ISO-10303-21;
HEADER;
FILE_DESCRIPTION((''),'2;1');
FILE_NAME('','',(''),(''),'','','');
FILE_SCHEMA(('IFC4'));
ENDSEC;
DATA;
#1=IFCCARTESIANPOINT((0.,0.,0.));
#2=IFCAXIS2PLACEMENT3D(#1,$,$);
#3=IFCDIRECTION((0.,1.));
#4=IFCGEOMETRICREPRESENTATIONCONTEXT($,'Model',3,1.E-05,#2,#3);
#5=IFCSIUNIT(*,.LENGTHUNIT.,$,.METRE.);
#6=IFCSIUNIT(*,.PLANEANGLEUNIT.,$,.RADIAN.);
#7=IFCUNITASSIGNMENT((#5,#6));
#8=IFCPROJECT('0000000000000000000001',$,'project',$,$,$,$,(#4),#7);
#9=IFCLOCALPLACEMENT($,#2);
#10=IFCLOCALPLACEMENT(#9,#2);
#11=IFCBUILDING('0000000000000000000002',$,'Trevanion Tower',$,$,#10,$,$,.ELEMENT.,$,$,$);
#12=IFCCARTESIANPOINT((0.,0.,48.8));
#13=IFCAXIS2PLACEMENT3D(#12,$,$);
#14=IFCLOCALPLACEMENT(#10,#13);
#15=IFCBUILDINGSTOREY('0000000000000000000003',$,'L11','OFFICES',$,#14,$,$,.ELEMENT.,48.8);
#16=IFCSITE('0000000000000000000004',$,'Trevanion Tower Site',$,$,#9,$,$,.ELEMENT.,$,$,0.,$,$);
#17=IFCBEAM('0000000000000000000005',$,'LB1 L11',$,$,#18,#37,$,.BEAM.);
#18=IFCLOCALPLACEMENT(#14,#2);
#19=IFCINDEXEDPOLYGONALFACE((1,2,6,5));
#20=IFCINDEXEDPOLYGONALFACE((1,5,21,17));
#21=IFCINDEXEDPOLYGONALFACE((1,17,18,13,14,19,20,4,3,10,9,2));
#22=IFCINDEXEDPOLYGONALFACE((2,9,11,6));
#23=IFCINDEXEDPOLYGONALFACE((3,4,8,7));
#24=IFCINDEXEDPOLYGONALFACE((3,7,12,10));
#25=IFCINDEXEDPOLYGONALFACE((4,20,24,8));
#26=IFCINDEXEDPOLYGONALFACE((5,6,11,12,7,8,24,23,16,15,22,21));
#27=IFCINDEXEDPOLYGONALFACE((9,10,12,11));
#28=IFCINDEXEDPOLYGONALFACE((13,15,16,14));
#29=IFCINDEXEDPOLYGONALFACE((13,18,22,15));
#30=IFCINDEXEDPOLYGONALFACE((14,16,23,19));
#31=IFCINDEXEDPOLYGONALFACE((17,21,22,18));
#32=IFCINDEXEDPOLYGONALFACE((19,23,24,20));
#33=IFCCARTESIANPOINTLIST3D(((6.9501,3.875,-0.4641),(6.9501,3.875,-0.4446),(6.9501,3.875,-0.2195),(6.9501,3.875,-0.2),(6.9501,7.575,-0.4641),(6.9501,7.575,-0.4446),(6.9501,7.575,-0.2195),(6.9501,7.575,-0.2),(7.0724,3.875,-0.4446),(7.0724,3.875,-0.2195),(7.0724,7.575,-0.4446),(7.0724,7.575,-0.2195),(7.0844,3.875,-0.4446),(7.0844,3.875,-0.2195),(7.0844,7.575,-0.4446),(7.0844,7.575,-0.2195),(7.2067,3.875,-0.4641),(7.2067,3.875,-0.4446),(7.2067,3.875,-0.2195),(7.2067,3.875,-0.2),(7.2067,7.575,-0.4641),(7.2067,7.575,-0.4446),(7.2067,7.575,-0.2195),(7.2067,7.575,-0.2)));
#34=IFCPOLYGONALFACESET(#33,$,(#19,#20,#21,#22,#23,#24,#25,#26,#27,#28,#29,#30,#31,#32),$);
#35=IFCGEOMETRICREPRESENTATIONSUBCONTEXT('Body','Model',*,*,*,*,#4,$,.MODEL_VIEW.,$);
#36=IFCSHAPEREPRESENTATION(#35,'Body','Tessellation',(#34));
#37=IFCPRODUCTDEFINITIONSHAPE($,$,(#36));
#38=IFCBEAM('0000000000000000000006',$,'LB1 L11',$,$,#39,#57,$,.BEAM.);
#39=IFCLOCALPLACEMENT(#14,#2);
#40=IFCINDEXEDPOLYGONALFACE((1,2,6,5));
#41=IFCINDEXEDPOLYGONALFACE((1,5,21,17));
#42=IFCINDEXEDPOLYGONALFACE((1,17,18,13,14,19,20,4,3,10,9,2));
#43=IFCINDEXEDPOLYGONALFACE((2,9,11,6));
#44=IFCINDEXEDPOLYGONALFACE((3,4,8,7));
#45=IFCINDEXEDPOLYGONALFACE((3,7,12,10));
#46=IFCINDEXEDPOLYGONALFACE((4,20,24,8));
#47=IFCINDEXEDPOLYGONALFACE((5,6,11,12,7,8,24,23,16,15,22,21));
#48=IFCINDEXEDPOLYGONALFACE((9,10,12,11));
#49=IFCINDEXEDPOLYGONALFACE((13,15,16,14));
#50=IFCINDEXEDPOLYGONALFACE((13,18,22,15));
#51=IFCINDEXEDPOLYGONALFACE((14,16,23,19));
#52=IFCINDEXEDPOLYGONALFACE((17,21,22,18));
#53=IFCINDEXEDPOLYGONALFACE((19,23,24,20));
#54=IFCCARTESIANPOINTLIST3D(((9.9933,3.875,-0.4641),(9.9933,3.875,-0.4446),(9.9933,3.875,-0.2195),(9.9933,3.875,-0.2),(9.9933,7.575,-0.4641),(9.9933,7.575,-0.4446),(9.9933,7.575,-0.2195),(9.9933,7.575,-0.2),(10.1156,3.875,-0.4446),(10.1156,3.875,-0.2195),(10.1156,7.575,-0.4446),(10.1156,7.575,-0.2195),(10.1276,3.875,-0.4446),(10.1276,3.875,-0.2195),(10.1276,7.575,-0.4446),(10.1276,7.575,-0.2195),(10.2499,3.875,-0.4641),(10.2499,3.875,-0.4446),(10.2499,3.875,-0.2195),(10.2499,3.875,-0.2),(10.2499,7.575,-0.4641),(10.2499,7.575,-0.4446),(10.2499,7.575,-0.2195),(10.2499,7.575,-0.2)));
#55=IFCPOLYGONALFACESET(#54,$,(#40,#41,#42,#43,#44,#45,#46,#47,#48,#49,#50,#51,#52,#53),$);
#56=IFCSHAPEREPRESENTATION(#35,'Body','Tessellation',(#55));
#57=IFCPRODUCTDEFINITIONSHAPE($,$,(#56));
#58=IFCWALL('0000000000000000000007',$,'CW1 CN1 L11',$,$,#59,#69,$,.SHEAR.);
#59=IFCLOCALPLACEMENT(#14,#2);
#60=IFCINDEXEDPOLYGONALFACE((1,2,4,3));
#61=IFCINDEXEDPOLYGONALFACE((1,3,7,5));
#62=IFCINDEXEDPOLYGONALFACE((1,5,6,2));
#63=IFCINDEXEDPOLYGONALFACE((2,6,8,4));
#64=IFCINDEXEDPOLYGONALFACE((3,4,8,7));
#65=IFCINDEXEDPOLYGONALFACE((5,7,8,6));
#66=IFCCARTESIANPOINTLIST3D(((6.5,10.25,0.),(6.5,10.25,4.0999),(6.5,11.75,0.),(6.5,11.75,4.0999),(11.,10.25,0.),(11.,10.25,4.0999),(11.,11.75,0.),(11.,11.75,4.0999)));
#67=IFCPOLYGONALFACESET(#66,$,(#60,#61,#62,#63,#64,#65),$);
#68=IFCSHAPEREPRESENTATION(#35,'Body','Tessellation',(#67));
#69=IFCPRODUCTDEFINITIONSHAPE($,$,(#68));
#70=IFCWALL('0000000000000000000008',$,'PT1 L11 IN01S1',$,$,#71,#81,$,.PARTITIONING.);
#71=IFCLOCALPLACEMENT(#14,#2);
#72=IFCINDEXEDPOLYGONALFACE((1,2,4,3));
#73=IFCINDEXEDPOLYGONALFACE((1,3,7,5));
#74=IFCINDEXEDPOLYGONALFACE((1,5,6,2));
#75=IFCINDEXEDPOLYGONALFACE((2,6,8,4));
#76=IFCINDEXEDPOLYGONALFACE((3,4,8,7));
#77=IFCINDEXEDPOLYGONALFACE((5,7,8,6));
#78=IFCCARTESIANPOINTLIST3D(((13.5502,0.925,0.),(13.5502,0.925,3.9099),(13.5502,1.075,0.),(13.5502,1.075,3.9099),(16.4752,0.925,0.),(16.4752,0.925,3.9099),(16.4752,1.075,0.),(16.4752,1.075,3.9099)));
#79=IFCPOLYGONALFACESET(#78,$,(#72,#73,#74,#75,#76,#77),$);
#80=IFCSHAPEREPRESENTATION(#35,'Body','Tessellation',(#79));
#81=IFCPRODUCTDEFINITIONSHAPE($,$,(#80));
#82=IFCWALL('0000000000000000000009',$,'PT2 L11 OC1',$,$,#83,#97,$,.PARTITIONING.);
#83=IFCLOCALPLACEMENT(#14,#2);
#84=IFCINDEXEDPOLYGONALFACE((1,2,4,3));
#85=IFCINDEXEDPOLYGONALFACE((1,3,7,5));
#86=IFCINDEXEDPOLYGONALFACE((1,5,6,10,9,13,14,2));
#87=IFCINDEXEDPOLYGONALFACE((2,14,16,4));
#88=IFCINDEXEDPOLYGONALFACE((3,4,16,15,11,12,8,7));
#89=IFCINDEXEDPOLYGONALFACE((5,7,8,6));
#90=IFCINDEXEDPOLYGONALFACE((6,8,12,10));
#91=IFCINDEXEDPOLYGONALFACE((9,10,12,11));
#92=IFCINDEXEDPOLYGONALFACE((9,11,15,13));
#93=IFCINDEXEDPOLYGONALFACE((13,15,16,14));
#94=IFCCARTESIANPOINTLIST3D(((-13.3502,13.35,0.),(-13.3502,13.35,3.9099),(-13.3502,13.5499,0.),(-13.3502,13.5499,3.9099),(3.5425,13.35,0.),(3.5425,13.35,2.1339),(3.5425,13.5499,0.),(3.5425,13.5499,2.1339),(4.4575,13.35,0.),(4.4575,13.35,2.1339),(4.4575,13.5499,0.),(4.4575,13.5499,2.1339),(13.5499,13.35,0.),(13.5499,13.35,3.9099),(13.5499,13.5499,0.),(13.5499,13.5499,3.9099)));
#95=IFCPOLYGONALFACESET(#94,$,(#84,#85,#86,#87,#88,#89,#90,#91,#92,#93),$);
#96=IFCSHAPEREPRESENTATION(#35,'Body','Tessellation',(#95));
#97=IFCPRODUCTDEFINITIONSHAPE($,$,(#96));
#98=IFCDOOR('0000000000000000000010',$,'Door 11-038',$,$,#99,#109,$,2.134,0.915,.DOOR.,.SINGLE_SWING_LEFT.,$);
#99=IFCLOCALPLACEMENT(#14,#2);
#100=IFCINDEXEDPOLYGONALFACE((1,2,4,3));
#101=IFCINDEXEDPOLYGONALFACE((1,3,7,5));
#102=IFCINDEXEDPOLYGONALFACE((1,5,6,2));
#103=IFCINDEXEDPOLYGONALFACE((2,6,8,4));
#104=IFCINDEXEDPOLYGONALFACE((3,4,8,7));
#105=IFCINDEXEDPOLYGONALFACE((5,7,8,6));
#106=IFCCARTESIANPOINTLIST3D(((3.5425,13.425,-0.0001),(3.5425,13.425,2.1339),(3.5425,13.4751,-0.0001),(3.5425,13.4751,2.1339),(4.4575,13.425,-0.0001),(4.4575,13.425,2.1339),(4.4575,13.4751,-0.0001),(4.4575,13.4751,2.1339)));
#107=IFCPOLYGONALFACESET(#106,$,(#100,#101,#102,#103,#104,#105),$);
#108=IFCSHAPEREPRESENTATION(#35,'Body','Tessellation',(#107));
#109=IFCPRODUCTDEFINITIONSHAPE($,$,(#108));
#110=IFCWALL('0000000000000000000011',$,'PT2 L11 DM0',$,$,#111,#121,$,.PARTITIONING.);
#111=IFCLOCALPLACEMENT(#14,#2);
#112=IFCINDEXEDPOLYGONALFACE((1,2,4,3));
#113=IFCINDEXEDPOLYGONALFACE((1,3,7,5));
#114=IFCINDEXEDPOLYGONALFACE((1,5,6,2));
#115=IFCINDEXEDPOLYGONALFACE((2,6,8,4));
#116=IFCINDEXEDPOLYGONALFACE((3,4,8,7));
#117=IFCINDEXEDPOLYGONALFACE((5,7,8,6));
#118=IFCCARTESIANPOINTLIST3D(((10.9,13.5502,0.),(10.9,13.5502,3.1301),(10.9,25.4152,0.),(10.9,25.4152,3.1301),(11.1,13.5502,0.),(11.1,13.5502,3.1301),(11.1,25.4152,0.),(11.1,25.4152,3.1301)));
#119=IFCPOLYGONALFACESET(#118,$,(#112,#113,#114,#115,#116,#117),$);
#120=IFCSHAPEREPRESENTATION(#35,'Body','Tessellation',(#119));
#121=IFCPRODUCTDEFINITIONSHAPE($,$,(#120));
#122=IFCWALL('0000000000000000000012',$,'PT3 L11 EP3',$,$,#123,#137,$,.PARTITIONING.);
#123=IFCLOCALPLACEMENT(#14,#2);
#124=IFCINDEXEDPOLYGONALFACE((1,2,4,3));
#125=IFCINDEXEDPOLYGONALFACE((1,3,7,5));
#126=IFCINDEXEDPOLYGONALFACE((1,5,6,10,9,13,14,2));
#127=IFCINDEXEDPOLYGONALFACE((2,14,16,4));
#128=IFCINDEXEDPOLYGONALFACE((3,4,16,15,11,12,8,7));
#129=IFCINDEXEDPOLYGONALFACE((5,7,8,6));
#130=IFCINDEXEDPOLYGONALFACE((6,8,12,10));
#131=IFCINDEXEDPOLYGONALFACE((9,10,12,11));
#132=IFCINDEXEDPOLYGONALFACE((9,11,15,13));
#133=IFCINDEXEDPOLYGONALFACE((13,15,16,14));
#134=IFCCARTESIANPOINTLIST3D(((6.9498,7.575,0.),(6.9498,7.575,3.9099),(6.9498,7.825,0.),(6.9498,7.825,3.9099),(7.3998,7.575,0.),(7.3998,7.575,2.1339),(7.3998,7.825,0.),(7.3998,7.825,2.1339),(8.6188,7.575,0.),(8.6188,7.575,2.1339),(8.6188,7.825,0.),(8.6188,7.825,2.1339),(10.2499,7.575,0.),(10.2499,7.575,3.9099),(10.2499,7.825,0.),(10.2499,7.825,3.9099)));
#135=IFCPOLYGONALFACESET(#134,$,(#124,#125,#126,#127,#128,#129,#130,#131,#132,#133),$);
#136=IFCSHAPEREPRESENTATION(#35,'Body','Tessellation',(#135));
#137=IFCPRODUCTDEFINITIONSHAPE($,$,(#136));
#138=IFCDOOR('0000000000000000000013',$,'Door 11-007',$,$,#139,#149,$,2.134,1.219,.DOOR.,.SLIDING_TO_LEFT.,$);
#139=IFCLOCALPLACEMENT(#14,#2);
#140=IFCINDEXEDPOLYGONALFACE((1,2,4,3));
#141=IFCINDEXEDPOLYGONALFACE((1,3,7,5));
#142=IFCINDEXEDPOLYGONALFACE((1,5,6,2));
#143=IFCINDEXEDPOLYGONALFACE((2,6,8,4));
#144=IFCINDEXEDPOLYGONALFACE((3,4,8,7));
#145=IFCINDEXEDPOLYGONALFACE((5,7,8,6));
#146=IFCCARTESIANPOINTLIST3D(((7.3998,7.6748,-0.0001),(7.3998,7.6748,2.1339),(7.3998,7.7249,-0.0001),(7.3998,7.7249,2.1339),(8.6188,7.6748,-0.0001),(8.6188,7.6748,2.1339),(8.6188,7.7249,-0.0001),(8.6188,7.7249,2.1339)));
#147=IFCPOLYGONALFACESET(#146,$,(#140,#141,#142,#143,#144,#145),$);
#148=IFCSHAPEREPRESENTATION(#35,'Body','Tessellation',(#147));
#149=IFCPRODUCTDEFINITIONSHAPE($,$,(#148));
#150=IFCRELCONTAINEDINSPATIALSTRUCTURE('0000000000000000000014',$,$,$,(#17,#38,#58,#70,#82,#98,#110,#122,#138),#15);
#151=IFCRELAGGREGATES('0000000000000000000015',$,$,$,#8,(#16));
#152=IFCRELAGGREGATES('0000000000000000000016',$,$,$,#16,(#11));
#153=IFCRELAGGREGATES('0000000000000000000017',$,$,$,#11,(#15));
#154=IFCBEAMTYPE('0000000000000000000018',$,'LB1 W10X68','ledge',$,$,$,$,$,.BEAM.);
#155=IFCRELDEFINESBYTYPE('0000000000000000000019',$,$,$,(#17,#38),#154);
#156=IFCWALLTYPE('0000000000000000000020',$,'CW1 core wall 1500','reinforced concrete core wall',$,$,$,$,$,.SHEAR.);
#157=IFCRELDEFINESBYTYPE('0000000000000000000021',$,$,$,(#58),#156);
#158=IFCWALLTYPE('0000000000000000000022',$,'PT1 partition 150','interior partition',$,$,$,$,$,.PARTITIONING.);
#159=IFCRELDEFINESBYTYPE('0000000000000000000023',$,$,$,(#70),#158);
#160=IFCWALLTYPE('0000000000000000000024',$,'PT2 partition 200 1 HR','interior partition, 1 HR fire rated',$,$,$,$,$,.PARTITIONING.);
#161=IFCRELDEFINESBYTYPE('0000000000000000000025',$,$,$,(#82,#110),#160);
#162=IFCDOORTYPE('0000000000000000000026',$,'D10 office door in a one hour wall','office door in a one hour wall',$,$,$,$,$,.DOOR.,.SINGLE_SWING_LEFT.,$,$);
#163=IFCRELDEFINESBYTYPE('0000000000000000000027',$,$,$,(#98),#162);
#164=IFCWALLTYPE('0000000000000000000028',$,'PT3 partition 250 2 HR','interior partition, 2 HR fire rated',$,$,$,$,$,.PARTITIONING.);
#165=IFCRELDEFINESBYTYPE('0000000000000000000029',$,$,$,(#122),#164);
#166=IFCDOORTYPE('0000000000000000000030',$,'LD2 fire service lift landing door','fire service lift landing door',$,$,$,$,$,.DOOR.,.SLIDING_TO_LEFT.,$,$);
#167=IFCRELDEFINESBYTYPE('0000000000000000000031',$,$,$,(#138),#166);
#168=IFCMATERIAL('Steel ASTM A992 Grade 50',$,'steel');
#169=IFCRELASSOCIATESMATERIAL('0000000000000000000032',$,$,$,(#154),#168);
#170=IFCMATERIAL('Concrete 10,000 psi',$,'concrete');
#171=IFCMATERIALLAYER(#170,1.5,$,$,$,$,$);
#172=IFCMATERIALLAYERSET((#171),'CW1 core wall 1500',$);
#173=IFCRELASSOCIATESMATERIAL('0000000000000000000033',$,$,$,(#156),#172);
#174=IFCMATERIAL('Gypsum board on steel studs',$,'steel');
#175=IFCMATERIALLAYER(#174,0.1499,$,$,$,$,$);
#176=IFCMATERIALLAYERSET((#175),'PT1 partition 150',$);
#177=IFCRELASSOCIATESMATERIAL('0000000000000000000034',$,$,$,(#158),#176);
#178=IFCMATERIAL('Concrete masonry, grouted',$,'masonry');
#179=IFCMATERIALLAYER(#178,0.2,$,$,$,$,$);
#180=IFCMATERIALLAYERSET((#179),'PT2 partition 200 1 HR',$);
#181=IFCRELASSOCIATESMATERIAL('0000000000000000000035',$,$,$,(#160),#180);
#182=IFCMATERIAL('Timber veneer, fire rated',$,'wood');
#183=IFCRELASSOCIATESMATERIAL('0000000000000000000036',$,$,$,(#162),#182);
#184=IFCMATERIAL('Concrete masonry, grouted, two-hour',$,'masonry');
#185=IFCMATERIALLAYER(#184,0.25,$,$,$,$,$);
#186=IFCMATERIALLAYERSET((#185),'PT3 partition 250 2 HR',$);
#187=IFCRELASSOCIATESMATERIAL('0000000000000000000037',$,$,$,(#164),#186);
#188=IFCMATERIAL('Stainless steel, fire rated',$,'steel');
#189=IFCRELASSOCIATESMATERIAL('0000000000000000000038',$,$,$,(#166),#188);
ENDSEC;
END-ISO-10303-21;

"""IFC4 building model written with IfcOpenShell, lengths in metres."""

from ifc_helpers import new_model, si_unit, direction, frame, frame_2d, origin, origin_2d, place, context, subcontext, project, spatial, rectangle, i_section, extrude, material, layer, layer_set, material_profile, profile_set, type_object, element, fill, save


model = new_model("IFC4")

# Units and contexts
model_context = context("Model", 3, precision=1e-05, world=origin(), true_north=direction((0.0, 1.0)))
body_context = subcontext(model_context, "Body", "Model", "MODEL_VIEW")
ifc_project = project(units=[si_unit("LENGTHUNIT", "METRE"), si_unit("PLANEANGLEUNIT", "RADIAN")], contexts=[model_context])

# Site, building, storey
site_placement = place(None, origin())
site = spatial("IfcSite", under=ifc_project, at=site_placement, Name="Trevanion Tower Site", CompositionType="ELEMENT", RefElevation=0.0)
building_placement = place(site_placement, origin())
building = spatial("IfcBuilding", under=site, at=building_placement, Name="Trevanion Tower", CompositionType="ELEMENT")
storey_placement = place(building_placement, frame((0.0, 0.0, 48.8)))
storey = spatial("IfcBuildingStorey", under=building, at=storey_placement, Name="L11", Description="OFFICES", CompositionType="ELEMENT", Elevation=48.8)

# Beams
ifc_material_1 = material(Name="Steel ASTM A992 Grade 50", Category="steel")
ifc_material_profile_1 = material_profile(ifc_material_1, i_section(OverallWidth=0.2566, OverallDepth=0.2642, WebThickness=0.012, FlangeThickness=0.0195, at=origin_2d()), Name="W10X68")
ifc_profile_set_1 = profile_set([ifc_material_profile_1], Name="Steel ASTM A992 Grade 50")
beam_type_1 = type_object("IfcBeamType", Name="LB1 W10X68", Description="ledge", PredefinedType="BEAM", material=ifc_profile_set_1)
for number, where, z_axis, x_axis, name in (
    (1, (7.0784, 3.875, -0.332), (0.0, 1.0, 0.0), (-1.0, 0.0, 0.0), "LB1 L11"),
    (2, (10.1216, 3.875, -0.332), (0.0, 1.0, 0.0), (-1.0, 0.0, 0.0), "LB1 L11"),
):
    element("IfcBeam", number, at=place(storey_placement, frame(where, z_axis=z_axis, x_axis=x_axis)), inside=storey, type_object=beam_type_1, Name=name, PredefinedType="BEAM", context=body_context, shape_type="SweptSolid", body=[
        extrude(i_section(OverallWidth=0.2566, OverallDepth=0.2642, WebThickness=0.012, FlangeThickness=0.0195, at=origin_2d()), origin(), (0.0, 0.0, 1.0), 3.7),
    ])

# Walls
ifc_material_2 = material(Name="Concrete 10,000 psi", Category="concrete")
ifc_layer_1 = layer(ifc_material_2, 1.5)
ifc_layer_set_1 = layer_set([ifc_layer_1], Name="CW1 core wall 1500")
wall_type_1 = type_object("IfcWallType", Name="CW1 core wall 1500", Description="reinforced concrete core wall", PredefinedType="SHEAR", material=ifc_layer_set_1)
wall_1_placement = place(storey_placement, frame((11.0, 11.0, 0.0), z_axis=(0.0, 0.0, 1.0), x_axis=(-1.0, 0.0, 0.0)))
element("IfcWall", 3, at=wall_1_placement, inside=storey, type_object=wall_type_1, Name="CW1 CN1 L11", PredefinedType="SHEAR", context=body_context, shape_type="SweptSolid", body=[
    extrude(rectangle(XDim=4.5, YDim=1.5, at=frame_2d((2.25, 0.0))), origin(), (0.0, 0.0, 1.0), 4.0999),
])
ifc_material_3 = material(Name="Gypsum board on steel studs", Category="steel")
ifc_layer_2 = layer(ifc_material_3, 0.1499)
ifc_layer_set_2 = layer_set([ifc_layer_2], Name="PT1 partition 150")
wall_type_2 = type_object("IfcWallType", Name="PT1 partition 150", Description="interior partition", PredefinedType="PARTITIONING", material=ifc_layer_set_2)
wall_2_placement = place(storey_placement, frame((16.4751, 1.0, 0.0), z_axis=(0.0, 0.0, 1.0), x_axis=(-1.0, 0.0, 0.0)))
element("IfcWall", 4, at=wall_2_placement, inside=storey, type_object=wall_type_2, Name="PT1 L11 IN01S1", PredefinedType="PARTITIONING", context=body_context, shape_type="SweptSolid", body=[
    extrude(rectangle(XDim=2.925, YDim=0.1499, at=frame_2d((1.4624, 0.0))), origin(), (0.0, 0.0, 1.0), 3.9099),
])

# Wall, opening, door
ifc_material_4 = material(Name="Concrete masonry, grouted", Category="masonry")
ifc_layer_3 = layer(ifc_material_4, 0.2)
ifc_layer_set_3 = layer_set([ifc_layer_3], Name="PT2 partition 200 1 HR")
wall_type_3 = type_object("IfcWallType", Name="PT2 partition 200 1 HR", Description="interior partition, 1 HR fire rated", PredefinedType="PARTITIONING", material=ifc_layer_set_3)
wall_3_placement = place(storey_placement, frame((13.55, 13.45, 0.0), z_axis=(0.0, 0.0, 1.0), x_axis=(-1.0, 0.0, 0.0)))
wall_3 = element("IfcWall", 5, at=wall_3_placement, inside=storey, type_object=wall_type_3, Name="PT2 L11 OC1", PredefinedType="PARTITIONING", context=body_context, shape_type="SweptSolid", body=[
    extrude(rectangle(XDim=26.9001, YDim=0.2, at=frame_2d((13.4502, 0.0))), origin(), (0.0, 0.0, 1.0), 3.9099),
])
opening_1_placement = place(wall_3_placement, frame((9.0925, 0.0, 0.0)))
opening_1 = element("IfcOpeningElement", 6, at=opening_1_placement, cuts=wall_3, PredefinedType="OPENING", context=body_context, shape_type="SweptSolid", body=[
    extrude(rectangle(XDim=0.915, YDim=2.134, at=frame_2d((0.4575, 1.0669))), frame((0.0, 0.1099, 0.0), z_axis=(0.0, -1.0, 0.0), x_axis=(1.0, 0.0, 0.0)), (0.0, 0.0, 1.0), 0.22),
])
ifc_material_5 = material(Name="Timber veneer, fire rated", Category="wood")
door_type_1 = type_object("IfcDoorType", Name="D10 office door in a one hour wall", Description="office door in a one hour wall", OperationType="SINGLE_SWING_LEFT", PredefinedType="DOOR", material=ifc_material_5)
door_1_placement = place(opening_1_placement, origin())
door_1 = element("IfcDoor", 7, at=door_1_placement, inside=storey, type_object=door_type_1, Name="Door 11-038", OperationType="SINGLE_SWING_LEFT", OverallHeight=2.134, OverallWidth=0.915, PredefinedType="DOOR", context=body_context, shape_type="SweptSolid", body=[
    extrude(rectangle(XDim=0.915, YDim=2.134, at=frame_2d((0.4575, 1.0669))), frame((0.0, 0.0249, 0.0), z_axis=(0.0, -1.0, 0.0), x_axis=(1.0, 0.0, 0.0)), (0.0, 0.0, 1.0), 0.05),
])
fill(opening_1, door_1)

# Wall
wall_4_placement = place(storey_placement, frame((11.0, 13.55, 0.0), z_axis=(0.0, 0.0, 1.0), x_axis=(0.0, 1.0, 0.0)))
element("IfcWall", 8, at=wall_4_placement, inside=storey, type_object=wall_type_3, Name="PT2 L11 DM0", PredefinedType="PARTITIONING", context=body_context, shape_type="SweptSolid", body=[
    extrude(rectangle(XDim=11.865, YDim=0.2, at=frame_2d((5.9326, 0.0))), origin(), (0.0, 0.0, 1.0), 3.1301),
])

# Wall, opening, door
ifc_material_6 = material(Name="Concrete masonry, grouted, two-hour", Category="masonry")
ifc_layer_4 = layer(ifc_material_6, 0.25)
ifc_layer_set_4 = layer_set([ifc_layer_4], Name="PT3 partition 250 2 HR")
wall_type_4 = type_object("IfcWallType", Name="PT3 partition 250 2 HR", Description="interior partition, 2 HR fire rated", PredefinedType="PARTITIONING", material=ifc_layer_set_4)
wall_5_placement = place(storey_placement, frame((6.95, 7.7, 0.0), z_axis=(0.0, 0.0, 1.0), x_axis=(1.0, 0.0, 0.0)))
wall_5 = element("IfcWall", 9, at=wall_5_placement, inside=storey, type_object=wall_type_4, Name="PT3 L11 EP3", PredefinedType="PARTITIONING", context=body_context, shape_type="SweptSolid", body=[
    extrude(rectangle(XDim=3.3, YDim=0.25, at=frame_2d((1.6499, 0.0))), origin(), (0.0, 0.0, 1.0), 3.9099),
])
opening_2_placement = place(wall_5_placement, frame((0.45, 0.0, 0.0)))
opening_2 = element("IfcOpeningElement", 10, at=opening_2_placement, cuts=wall_5, PredefinedType="OPENING", context=body_context, shape_type="SweptSolid", body=[
    extrude(rectangle(XDim=1.219, YDim=2.134, at=frame_2d((0.6094, 1.0669))), frame((0.0, 0.135, 0.0), z_axis=(0.0, -1.0, 0.0), x_axis=(1.0, 0.0, 0.0)), (0.0, 0.0, 1.0), 0.27),
])
ifc_material_7 = material(Name="Stainless steel, fire rated", Category="steel")
door_type_2 = type_object("IfcDoorType", Name="LD2 fire service lift landing door", Description="fire service lift landing door", OperationType="SLIDING_TO_LEFT", PredefinedType="DOOR", material=ifc_material_7)
door_2_placement = place(opening_2_placement, origin())
door_2 = element("IfcDoor", 11, at=door_2_placement, inside=storey, type_object=door_type_2, Name="Door 11-007", OperationType="SLIDING_TO_LEFT", OverallHeight=2.134, OverallWidth=1.219, PredefinedType="DOOR", context=body_context, shape_type="SweptSolid", body=[
    extrude(rectangle(XDim=1.219, YDim=2.134, at=frame_2d((0.6094, 1.0669))), frame((0.0, 0.0249, 0.0), z_axis=(0.0, -1.0, 0.0), x_axis=(1.0, 0.0, 0.0)), (0.0, 0.0, 1.0), 0.05),
])
fill(opening_2, door_2)

save(model, "model.ifc")
